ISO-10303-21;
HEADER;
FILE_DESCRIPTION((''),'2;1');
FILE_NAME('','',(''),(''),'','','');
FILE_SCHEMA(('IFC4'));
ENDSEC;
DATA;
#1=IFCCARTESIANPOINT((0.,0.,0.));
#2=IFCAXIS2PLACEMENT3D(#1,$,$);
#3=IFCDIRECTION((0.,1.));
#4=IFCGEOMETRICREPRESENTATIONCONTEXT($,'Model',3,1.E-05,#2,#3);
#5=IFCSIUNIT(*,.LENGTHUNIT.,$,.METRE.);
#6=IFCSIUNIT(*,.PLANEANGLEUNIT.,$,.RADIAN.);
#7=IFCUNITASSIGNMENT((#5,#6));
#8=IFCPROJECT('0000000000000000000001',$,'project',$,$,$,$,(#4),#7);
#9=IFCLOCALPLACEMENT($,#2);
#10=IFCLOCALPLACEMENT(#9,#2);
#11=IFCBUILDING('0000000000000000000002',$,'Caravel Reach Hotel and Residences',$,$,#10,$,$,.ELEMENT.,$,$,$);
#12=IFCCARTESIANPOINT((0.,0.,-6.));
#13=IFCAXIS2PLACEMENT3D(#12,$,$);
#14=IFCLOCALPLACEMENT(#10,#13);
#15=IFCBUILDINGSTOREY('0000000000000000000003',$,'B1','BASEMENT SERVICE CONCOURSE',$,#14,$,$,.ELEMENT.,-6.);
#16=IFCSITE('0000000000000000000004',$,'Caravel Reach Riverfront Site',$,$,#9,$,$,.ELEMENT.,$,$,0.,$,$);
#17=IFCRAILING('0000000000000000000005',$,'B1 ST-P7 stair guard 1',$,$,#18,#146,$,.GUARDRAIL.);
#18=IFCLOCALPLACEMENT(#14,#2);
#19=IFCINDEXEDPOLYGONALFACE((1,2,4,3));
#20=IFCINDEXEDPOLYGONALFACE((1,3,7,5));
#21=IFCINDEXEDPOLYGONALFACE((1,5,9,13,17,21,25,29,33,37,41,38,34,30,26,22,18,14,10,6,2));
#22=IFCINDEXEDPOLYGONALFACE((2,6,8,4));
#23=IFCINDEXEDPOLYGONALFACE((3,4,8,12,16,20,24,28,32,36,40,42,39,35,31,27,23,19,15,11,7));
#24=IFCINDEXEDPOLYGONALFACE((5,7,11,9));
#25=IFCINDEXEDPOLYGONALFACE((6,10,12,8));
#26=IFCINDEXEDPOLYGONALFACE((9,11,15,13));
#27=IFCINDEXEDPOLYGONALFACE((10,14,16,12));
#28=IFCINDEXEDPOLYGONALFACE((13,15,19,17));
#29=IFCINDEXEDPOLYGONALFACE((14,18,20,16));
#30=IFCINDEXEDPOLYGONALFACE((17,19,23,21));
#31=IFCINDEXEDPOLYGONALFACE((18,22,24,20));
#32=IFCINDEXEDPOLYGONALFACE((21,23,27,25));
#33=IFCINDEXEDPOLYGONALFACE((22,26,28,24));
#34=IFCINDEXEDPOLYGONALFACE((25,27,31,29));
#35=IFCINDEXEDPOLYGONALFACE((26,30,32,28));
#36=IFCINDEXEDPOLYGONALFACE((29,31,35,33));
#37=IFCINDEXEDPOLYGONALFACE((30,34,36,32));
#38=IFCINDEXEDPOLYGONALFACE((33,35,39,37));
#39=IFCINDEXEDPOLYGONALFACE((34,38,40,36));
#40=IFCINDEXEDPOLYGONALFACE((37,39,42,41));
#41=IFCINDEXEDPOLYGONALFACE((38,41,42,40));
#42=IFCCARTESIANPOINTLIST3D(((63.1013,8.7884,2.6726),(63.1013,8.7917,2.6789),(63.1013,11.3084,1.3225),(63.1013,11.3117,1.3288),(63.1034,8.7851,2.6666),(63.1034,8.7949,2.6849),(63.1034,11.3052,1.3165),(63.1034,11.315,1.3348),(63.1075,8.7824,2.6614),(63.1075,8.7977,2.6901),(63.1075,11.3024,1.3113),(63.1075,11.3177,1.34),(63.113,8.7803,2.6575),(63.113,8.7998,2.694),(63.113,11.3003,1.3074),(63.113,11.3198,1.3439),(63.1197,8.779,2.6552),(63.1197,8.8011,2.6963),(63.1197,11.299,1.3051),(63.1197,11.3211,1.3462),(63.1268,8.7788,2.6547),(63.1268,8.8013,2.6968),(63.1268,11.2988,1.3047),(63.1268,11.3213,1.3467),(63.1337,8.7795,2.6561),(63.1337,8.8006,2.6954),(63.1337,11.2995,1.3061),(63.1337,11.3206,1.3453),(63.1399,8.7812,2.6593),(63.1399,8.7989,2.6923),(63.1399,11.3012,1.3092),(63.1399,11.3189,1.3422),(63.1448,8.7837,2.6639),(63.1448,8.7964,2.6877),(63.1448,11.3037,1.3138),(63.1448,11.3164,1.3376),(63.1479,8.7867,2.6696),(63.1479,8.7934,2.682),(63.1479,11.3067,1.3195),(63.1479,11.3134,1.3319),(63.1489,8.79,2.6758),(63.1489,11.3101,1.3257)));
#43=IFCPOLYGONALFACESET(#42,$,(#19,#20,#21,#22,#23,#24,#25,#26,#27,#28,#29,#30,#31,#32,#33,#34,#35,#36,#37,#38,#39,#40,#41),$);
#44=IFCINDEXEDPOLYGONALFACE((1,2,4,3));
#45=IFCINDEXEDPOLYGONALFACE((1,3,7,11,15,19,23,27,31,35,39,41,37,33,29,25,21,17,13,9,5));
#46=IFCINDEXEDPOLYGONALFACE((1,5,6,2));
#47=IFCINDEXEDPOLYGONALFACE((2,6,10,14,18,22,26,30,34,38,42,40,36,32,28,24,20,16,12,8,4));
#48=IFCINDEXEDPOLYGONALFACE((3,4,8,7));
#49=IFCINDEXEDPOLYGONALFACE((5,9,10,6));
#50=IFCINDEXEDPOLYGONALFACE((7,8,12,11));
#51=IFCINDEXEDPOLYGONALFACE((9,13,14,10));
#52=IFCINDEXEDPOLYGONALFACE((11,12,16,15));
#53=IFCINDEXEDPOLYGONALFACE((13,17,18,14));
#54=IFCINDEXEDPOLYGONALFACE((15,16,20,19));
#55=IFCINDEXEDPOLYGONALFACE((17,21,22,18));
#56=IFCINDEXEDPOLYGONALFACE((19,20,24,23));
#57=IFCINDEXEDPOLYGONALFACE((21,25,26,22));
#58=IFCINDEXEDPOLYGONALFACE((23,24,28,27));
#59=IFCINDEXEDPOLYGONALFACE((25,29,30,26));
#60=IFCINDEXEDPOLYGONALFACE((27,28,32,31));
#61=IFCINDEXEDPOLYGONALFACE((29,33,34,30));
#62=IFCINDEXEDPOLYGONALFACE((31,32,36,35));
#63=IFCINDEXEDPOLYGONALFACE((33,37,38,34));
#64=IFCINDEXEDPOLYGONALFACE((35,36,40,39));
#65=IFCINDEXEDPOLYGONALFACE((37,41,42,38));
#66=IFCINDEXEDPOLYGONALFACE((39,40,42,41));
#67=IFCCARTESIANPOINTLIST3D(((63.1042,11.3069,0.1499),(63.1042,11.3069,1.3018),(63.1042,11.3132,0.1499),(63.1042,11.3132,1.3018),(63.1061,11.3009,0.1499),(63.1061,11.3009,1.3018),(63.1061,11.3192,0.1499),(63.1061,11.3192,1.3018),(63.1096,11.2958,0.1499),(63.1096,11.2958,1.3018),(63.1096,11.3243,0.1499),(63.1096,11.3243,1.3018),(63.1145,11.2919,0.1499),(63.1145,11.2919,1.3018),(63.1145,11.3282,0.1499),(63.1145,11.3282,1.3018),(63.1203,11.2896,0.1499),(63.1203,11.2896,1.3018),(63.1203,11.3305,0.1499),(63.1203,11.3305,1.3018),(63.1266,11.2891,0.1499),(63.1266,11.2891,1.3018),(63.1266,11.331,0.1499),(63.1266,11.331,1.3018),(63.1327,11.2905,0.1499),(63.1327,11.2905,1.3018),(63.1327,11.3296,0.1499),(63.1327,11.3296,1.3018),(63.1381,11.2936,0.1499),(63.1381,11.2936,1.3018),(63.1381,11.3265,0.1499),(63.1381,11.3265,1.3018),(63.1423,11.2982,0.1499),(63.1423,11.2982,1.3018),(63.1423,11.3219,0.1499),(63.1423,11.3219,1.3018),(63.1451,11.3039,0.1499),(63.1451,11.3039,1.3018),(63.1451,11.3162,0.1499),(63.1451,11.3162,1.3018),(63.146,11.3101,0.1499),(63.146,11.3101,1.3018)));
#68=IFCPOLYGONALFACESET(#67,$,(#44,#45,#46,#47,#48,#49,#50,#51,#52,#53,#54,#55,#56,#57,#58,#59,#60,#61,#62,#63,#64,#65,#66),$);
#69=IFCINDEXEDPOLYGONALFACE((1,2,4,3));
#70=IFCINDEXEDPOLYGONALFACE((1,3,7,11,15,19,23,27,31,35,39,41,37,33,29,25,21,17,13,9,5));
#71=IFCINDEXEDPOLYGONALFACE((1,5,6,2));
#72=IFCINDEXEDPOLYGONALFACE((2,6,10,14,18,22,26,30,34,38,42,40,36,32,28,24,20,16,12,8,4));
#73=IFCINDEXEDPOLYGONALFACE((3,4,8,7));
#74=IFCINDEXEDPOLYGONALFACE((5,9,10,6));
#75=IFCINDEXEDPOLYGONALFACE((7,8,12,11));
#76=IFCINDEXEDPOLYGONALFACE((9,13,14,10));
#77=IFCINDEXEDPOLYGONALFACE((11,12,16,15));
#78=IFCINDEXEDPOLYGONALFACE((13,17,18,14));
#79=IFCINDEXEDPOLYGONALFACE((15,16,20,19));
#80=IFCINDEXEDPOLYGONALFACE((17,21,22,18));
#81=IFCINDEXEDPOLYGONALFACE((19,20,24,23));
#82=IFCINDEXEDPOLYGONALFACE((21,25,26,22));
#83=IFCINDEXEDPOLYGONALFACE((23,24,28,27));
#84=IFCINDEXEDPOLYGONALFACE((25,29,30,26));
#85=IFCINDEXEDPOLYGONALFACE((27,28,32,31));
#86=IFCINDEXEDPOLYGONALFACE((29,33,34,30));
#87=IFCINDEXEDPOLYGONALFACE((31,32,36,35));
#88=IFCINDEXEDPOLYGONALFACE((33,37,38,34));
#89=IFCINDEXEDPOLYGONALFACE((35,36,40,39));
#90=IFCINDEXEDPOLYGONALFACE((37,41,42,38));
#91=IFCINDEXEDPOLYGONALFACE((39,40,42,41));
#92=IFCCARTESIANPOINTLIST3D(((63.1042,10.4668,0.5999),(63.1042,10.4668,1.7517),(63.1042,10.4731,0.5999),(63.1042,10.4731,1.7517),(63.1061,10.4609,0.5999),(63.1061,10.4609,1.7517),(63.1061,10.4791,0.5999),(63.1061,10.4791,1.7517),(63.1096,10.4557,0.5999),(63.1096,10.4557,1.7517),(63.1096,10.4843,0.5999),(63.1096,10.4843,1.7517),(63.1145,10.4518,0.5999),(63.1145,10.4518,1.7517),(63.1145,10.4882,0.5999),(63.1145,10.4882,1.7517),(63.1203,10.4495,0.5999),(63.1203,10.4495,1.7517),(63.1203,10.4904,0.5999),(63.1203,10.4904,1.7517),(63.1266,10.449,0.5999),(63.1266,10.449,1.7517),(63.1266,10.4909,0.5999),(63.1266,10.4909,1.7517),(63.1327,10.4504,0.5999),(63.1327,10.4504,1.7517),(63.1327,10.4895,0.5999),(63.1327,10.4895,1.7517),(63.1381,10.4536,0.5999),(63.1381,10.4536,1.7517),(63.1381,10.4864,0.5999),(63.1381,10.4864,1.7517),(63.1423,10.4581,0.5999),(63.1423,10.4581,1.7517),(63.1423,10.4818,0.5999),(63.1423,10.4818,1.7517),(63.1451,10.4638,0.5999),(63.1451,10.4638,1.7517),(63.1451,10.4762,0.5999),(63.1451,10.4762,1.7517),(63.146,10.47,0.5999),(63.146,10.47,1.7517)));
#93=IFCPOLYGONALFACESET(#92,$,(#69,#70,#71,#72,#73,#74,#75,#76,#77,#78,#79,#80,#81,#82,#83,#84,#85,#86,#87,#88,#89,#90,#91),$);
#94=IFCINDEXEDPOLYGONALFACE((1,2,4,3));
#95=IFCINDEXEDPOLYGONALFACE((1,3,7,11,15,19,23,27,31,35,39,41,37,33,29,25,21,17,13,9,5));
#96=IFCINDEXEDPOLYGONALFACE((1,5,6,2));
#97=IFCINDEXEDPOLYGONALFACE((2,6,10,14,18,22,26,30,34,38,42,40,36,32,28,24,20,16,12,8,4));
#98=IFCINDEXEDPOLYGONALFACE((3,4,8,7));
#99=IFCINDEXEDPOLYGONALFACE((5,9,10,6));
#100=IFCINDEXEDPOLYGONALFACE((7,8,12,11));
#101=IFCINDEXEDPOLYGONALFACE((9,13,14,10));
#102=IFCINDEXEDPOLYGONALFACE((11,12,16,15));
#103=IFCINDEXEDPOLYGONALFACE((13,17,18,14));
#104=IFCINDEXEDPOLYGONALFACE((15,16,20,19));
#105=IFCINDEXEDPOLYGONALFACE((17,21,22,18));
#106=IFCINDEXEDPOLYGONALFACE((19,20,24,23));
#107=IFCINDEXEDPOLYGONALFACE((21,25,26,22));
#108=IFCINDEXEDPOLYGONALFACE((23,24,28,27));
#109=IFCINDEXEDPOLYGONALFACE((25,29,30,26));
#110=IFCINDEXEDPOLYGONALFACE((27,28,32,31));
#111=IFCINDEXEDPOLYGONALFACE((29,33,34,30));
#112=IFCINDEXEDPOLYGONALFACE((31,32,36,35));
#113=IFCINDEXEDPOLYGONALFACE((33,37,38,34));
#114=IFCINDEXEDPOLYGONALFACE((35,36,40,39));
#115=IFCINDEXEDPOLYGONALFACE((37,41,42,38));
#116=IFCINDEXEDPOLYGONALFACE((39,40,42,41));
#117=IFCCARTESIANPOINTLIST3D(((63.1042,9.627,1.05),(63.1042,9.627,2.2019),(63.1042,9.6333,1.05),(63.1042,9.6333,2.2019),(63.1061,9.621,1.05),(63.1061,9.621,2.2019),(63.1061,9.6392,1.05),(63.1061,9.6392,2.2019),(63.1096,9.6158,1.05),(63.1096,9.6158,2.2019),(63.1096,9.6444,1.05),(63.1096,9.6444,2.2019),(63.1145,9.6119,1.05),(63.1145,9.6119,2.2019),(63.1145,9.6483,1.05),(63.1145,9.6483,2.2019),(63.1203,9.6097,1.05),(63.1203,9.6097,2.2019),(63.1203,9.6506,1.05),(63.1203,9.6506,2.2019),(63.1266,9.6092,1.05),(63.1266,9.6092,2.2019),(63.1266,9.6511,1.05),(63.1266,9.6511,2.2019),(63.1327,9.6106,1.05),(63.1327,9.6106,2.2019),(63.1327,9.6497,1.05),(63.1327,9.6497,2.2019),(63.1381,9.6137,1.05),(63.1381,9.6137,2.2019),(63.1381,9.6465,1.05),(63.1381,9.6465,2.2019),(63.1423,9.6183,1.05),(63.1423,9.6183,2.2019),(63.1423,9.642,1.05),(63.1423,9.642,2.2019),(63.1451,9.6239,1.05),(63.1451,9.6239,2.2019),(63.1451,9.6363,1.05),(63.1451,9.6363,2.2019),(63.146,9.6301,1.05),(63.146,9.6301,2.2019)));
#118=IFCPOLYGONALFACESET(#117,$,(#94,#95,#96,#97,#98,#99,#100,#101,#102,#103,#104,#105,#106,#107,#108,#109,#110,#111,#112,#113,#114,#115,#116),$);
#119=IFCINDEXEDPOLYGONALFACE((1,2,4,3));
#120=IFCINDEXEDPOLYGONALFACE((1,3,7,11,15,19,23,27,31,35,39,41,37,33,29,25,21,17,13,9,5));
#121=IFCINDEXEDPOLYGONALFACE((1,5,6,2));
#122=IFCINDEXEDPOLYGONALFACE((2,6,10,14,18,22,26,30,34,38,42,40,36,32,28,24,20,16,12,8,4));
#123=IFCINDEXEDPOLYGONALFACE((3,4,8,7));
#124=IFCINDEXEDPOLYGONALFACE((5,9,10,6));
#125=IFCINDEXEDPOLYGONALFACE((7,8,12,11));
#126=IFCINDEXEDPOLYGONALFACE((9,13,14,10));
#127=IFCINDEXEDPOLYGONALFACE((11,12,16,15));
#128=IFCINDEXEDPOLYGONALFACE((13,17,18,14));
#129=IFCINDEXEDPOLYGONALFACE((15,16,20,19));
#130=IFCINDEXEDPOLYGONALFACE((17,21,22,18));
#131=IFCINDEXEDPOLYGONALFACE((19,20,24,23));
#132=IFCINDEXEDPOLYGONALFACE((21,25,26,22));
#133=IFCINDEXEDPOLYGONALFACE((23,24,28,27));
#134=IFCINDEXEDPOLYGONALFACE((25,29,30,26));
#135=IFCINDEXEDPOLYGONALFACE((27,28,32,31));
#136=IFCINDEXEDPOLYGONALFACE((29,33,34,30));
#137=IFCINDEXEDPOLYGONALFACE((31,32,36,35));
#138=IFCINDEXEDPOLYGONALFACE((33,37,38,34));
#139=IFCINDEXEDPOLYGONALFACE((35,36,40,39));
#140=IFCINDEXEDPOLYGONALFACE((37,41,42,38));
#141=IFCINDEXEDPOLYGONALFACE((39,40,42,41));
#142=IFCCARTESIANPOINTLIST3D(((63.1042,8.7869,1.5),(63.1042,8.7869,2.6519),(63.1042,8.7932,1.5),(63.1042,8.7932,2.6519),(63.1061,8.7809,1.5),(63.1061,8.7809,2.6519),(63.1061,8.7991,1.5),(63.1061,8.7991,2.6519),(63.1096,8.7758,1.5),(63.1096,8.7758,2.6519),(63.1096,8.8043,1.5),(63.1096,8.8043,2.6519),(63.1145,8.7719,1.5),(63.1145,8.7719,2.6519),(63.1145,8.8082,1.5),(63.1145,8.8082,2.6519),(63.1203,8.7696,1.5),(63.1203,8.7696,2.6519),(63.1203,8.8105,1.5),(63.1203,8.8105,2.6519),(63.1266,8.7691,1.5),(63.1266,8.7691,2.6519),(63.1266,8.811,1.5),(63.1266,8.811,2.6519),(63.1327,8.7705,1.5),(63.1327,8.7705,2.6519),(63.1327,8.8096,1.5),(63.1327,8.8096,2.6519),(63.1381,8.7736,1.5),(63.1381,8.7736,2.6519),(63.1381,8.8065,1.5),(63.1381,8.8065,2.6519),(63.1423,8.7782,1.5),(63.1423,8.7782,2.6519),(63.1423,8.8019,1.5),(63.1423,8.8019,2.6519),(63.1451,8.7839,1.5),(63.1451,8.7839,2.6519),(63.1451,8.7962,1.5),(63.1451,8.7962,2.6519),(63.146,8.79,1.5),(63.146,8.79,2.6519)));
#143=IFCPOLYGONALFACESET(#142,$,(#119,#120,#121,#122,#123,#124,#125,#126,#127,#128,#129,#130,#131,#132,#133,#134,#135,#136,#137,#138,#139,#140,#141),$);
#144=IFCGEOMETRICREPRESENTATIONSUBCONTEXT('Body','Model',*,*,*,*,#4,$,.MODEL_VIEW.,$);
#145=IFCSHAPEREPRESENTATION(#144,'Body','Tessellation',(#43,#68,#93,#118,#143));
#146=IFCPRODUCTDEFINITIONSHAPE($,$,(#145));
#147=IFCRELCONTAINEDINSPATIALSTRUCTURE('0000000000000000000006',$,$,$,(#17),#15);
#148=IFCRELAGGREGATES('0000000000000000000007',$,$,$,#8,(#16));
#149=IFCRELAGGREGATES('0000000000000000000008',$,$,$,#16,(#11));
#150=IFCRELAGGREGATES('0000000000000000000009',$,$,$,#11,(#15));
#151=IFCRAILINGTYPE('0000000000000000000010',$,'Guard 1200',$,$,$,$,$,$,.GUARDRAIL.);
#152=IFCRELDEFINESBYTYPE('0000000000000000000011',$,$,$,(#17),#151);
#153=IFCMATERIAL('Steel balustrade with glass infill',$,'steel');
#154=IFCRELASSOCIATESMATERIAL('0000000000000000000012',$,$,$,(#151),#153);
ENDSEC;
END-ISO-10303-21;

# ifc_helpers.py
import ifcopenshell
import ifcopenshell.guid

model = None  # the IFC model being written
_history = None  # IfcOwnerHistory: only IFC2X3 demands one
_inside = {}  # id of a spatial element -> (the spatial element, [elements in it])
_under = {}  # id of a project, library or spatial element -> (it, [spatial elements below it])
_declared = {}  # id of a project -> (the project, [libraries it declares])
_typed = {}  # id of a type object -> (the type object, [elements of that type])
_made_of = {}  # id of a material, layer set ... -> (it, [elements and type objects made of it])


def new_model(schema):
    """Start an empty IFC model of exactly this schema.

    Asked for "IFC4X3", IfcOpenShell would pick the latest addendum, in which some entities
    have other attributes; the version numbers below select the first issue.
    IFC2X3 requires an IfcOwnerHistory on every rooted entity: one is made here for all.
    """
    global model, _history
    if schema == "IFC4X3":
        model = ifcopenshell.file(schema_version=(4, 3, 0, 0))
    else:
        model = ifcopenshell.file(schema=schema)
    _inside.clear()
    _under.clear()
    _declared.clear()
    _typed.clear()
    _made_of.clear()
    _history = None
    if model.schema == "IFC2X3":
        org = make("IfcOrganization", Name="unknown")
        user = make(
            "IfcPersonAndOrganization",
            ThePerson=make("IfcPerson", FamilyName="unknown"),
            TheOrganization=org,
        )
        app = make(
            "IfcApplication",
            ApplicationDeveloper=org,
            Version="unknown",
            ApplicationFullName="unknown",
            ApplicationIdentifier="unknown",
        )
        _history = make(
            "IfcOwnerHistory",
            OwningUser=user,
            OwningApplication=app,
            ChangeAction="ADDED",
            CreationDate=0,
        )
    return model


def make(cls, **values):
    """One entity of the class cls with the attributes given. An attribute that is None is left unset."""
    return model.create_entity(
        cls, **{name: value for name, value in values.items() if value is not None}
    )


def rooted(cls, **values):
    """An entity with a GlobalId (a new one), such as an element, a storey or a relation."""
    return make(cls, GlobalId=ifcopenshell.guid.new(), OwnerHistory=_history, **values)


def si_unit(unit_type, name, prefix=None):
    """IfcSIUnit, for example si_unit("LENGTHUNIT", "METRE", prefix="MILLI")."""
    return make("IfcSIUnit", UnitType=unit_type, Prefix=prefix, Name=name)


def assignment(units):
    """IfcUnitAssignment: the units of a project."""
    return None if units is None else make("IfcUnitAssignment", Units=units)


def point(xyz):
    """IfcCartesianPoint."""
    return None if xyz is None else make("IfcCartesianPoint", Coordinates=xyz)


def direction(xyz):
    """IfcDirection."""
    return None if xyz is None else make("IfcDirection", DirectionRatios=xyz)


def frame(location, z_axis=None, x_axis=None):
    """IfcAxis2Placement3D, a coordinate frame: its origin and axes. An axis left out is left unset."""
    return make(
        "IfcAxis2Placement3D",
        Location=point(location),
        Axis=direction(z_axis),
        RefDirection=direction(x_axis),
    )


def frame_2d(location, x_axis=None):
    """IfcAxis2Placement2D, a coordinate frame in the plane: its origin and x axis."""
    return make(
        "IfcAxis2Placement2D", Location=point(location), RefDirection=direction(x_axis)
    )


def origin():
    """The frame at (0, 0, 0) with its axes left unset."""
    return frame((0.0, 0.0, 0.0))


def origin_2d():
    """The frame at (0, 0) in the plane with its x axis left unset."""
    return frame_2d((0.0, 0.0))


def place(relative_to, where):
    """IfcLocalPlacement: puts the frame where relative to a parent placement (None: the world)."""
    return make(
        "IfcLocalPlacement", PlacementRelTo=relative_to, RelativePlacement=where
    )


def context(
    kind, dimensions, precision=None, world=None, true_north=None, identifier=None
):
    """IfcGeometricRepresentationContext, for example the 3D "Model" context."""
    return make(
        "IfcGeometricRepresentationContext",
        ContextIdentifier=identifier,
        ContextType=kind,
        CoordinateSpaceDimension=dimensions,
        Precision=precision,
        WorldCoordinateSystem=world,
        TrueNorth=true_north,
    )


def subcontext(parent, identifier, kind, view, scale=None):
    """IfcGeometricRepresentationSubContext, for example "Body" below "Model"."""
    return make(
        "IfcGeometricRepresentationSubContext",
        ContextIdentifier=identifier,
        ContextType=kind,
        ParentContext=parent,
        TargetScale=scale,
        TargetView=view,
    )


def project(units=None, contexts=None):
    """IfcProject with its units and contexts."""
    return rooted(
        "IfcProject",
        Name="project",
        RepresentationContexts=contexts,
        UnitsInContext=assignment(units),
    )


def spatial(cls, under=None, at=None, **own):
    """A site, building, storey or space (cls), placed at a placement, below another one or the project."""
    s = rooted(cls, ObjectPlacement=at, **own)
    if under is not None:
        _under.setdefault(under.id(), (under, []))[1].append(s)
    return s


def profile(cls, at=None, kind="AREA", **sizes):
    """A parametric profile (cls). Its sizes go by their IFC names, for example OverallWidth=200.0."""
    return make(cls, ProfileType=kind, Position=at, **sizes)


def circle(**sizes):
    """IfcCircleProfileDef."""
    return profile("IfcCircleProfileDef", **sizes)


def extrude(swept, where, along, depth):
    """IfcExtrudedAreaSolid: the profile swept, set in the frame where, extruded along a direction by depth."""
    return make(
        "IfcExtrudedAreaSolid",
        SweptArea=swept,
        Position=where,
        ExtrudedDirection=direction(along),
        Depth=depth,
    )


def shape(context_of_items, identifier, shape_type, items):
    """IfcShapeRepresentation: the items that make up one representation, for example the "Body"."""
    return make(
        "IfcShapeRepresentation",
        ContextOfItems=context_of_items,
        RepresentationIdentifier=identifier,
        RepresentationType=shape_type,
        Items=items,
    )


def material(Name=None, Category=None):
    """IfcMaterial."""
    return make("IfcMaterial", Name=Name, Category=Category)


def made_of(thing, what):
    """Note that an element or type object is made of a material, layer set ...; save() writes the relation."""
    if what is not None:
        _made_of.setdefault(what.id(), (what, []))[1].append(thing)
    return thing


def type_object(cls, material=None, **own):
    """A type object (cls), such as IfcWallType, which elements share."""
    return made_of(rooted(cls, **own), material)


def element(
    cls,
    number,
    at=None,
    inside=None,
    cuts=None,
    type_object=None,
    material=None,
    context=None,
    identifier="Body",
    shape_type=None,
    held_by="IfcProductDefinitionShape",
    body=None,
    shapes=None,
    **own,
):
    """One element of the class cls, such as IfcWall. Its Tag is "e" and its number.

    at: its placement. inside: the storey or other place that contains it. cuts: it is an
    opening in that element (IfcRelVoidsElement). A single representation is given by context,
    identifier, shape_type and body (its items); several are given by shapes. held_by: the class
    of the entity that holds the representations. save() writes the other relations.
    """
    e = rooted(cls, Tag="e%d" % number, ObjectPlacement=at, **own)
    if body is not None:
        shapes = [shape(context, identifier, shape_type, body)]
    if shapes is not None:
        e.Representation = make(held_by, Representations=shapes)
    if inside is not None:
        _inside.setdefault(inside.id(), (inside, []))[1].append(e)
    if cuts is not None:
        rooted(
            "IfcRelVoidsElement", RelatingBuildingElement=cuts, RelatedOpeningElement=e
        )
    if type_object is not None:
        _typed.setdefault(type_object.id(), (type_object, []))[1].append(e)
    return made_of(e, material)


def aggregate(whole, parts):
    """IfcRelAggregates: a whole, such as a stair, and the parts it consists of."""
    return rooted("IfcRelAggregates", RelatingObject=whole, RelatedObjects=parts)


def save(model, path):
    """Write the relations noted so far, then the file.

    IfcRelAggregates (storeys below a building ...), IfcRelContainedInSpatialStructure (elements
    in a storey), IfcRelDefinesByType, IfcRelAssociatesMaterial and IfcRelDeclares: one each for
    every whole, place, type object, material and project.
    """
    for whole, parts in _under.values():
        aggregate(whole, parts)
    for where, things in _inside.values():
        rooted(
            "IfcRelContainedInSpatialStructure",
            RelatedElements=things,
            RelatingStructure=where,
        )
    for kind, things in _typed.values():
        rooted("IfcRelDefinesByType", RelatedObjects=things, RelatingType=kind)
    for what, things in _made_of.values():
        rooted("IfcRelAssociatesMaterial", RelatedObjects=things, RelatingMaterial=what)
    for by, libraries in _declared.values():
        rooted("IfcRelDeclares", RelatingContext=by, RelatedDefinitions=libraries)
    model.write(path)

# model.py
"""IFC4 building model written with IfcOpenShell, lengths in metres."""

from ifc_helpers import new_model, si_unit, direction, frame, origin, origin_2d, place, context, subcontext, project, spatial, circle, extrude, material, type_object, element, save


model = new_model("IFC4")

# Units and contexts
model_context = context("Model", 3, precision=1e-05, world=origin(), true_north=direction((0.0, 1.0)))
body_context = subcontext(model_context, "Body", "Model", "MODEL_VIEW")
ifc_project = project(units=[si_unit("LENGTHUNIT", "METRE"), si_unit("PLANEANGLEUNIT", "RADIAN")], contexts=[model_context])

# Site, building, storey
site_placement = place(None, origin())
site = spatial("IfcSite", under=ifc_project, at=site_placement, Name="Caravel Reach Riverfront Site", CompositionType="ELEMENT", RefElevation=0.0)
building_placement = place(site_placement, origin())
building = spatial("IfcBuilding", under=site, at=building_placement, Name="Caravel Reach Hotel and Residences", CompositionType="ELEMENT")
storey_placement = place(building_placement, frame((0.0, 0.0, -6.0)))
storey = spatial("IfcBuildingStorey", under=building, at=storey_placement, Name="B1", Description="BASEMENT SERVICE CONCOURSE", CompositionType="ELEMENT", Elevation=-6.0)

# Railing
ifc_material_1 = material(Name="Steel balustrade with glass infill", Category="steel")
railing_type_1 = type_object("IfcRailingType", Name="Guard 1200", PredefinedType="GUARDRAIL", material=ifc_material_1)
railing_1_placement = place(storey_placement, frame((63.125, 11.3101, 0.1499)))
element("IfcRailing", 1, at=railing_1_placement, inside=storey, type_object=railing_type_1, Name="B1 ST-P7 stair guard 1", PredefinedType="GUARDRAIL", context=body_context, shape_type="SweptSolid", body=[
    extrude(circle(Radius=0.0239, at=origin_2d()), frame((0.0, 0.0, 1.1758), z_axis=(0.0, -0.881467, 0.472245), x_axis=(1.0, 0.0, 0.0)), (0.0, 0.0, 1.0), 2.8589),
    extrude(circle(Radius=0.021, at=origin_2d()), origin(), (0.0, 0.0, 1.0), 1.1519),
    extrude(circle(Radius=0.021, at=origin_2d()), frame((0.0, -0.8401, 0.45)), (0.0, 0.0, 1.0), 1.1519),
    extrude(circle(Radius=0.021, at=origin_2d()), frame((0.0, -1.6799, 0.9001)), (0.0, 0.0, 1.0), 1.1519),
    extrude(circle(Radius=0.021, at=origin_2d()), frame((0.0, -2.52, 1.3501)), (0.0, 0.0, 1.0), 1.1519),
])

save(model, "model.ifc")
